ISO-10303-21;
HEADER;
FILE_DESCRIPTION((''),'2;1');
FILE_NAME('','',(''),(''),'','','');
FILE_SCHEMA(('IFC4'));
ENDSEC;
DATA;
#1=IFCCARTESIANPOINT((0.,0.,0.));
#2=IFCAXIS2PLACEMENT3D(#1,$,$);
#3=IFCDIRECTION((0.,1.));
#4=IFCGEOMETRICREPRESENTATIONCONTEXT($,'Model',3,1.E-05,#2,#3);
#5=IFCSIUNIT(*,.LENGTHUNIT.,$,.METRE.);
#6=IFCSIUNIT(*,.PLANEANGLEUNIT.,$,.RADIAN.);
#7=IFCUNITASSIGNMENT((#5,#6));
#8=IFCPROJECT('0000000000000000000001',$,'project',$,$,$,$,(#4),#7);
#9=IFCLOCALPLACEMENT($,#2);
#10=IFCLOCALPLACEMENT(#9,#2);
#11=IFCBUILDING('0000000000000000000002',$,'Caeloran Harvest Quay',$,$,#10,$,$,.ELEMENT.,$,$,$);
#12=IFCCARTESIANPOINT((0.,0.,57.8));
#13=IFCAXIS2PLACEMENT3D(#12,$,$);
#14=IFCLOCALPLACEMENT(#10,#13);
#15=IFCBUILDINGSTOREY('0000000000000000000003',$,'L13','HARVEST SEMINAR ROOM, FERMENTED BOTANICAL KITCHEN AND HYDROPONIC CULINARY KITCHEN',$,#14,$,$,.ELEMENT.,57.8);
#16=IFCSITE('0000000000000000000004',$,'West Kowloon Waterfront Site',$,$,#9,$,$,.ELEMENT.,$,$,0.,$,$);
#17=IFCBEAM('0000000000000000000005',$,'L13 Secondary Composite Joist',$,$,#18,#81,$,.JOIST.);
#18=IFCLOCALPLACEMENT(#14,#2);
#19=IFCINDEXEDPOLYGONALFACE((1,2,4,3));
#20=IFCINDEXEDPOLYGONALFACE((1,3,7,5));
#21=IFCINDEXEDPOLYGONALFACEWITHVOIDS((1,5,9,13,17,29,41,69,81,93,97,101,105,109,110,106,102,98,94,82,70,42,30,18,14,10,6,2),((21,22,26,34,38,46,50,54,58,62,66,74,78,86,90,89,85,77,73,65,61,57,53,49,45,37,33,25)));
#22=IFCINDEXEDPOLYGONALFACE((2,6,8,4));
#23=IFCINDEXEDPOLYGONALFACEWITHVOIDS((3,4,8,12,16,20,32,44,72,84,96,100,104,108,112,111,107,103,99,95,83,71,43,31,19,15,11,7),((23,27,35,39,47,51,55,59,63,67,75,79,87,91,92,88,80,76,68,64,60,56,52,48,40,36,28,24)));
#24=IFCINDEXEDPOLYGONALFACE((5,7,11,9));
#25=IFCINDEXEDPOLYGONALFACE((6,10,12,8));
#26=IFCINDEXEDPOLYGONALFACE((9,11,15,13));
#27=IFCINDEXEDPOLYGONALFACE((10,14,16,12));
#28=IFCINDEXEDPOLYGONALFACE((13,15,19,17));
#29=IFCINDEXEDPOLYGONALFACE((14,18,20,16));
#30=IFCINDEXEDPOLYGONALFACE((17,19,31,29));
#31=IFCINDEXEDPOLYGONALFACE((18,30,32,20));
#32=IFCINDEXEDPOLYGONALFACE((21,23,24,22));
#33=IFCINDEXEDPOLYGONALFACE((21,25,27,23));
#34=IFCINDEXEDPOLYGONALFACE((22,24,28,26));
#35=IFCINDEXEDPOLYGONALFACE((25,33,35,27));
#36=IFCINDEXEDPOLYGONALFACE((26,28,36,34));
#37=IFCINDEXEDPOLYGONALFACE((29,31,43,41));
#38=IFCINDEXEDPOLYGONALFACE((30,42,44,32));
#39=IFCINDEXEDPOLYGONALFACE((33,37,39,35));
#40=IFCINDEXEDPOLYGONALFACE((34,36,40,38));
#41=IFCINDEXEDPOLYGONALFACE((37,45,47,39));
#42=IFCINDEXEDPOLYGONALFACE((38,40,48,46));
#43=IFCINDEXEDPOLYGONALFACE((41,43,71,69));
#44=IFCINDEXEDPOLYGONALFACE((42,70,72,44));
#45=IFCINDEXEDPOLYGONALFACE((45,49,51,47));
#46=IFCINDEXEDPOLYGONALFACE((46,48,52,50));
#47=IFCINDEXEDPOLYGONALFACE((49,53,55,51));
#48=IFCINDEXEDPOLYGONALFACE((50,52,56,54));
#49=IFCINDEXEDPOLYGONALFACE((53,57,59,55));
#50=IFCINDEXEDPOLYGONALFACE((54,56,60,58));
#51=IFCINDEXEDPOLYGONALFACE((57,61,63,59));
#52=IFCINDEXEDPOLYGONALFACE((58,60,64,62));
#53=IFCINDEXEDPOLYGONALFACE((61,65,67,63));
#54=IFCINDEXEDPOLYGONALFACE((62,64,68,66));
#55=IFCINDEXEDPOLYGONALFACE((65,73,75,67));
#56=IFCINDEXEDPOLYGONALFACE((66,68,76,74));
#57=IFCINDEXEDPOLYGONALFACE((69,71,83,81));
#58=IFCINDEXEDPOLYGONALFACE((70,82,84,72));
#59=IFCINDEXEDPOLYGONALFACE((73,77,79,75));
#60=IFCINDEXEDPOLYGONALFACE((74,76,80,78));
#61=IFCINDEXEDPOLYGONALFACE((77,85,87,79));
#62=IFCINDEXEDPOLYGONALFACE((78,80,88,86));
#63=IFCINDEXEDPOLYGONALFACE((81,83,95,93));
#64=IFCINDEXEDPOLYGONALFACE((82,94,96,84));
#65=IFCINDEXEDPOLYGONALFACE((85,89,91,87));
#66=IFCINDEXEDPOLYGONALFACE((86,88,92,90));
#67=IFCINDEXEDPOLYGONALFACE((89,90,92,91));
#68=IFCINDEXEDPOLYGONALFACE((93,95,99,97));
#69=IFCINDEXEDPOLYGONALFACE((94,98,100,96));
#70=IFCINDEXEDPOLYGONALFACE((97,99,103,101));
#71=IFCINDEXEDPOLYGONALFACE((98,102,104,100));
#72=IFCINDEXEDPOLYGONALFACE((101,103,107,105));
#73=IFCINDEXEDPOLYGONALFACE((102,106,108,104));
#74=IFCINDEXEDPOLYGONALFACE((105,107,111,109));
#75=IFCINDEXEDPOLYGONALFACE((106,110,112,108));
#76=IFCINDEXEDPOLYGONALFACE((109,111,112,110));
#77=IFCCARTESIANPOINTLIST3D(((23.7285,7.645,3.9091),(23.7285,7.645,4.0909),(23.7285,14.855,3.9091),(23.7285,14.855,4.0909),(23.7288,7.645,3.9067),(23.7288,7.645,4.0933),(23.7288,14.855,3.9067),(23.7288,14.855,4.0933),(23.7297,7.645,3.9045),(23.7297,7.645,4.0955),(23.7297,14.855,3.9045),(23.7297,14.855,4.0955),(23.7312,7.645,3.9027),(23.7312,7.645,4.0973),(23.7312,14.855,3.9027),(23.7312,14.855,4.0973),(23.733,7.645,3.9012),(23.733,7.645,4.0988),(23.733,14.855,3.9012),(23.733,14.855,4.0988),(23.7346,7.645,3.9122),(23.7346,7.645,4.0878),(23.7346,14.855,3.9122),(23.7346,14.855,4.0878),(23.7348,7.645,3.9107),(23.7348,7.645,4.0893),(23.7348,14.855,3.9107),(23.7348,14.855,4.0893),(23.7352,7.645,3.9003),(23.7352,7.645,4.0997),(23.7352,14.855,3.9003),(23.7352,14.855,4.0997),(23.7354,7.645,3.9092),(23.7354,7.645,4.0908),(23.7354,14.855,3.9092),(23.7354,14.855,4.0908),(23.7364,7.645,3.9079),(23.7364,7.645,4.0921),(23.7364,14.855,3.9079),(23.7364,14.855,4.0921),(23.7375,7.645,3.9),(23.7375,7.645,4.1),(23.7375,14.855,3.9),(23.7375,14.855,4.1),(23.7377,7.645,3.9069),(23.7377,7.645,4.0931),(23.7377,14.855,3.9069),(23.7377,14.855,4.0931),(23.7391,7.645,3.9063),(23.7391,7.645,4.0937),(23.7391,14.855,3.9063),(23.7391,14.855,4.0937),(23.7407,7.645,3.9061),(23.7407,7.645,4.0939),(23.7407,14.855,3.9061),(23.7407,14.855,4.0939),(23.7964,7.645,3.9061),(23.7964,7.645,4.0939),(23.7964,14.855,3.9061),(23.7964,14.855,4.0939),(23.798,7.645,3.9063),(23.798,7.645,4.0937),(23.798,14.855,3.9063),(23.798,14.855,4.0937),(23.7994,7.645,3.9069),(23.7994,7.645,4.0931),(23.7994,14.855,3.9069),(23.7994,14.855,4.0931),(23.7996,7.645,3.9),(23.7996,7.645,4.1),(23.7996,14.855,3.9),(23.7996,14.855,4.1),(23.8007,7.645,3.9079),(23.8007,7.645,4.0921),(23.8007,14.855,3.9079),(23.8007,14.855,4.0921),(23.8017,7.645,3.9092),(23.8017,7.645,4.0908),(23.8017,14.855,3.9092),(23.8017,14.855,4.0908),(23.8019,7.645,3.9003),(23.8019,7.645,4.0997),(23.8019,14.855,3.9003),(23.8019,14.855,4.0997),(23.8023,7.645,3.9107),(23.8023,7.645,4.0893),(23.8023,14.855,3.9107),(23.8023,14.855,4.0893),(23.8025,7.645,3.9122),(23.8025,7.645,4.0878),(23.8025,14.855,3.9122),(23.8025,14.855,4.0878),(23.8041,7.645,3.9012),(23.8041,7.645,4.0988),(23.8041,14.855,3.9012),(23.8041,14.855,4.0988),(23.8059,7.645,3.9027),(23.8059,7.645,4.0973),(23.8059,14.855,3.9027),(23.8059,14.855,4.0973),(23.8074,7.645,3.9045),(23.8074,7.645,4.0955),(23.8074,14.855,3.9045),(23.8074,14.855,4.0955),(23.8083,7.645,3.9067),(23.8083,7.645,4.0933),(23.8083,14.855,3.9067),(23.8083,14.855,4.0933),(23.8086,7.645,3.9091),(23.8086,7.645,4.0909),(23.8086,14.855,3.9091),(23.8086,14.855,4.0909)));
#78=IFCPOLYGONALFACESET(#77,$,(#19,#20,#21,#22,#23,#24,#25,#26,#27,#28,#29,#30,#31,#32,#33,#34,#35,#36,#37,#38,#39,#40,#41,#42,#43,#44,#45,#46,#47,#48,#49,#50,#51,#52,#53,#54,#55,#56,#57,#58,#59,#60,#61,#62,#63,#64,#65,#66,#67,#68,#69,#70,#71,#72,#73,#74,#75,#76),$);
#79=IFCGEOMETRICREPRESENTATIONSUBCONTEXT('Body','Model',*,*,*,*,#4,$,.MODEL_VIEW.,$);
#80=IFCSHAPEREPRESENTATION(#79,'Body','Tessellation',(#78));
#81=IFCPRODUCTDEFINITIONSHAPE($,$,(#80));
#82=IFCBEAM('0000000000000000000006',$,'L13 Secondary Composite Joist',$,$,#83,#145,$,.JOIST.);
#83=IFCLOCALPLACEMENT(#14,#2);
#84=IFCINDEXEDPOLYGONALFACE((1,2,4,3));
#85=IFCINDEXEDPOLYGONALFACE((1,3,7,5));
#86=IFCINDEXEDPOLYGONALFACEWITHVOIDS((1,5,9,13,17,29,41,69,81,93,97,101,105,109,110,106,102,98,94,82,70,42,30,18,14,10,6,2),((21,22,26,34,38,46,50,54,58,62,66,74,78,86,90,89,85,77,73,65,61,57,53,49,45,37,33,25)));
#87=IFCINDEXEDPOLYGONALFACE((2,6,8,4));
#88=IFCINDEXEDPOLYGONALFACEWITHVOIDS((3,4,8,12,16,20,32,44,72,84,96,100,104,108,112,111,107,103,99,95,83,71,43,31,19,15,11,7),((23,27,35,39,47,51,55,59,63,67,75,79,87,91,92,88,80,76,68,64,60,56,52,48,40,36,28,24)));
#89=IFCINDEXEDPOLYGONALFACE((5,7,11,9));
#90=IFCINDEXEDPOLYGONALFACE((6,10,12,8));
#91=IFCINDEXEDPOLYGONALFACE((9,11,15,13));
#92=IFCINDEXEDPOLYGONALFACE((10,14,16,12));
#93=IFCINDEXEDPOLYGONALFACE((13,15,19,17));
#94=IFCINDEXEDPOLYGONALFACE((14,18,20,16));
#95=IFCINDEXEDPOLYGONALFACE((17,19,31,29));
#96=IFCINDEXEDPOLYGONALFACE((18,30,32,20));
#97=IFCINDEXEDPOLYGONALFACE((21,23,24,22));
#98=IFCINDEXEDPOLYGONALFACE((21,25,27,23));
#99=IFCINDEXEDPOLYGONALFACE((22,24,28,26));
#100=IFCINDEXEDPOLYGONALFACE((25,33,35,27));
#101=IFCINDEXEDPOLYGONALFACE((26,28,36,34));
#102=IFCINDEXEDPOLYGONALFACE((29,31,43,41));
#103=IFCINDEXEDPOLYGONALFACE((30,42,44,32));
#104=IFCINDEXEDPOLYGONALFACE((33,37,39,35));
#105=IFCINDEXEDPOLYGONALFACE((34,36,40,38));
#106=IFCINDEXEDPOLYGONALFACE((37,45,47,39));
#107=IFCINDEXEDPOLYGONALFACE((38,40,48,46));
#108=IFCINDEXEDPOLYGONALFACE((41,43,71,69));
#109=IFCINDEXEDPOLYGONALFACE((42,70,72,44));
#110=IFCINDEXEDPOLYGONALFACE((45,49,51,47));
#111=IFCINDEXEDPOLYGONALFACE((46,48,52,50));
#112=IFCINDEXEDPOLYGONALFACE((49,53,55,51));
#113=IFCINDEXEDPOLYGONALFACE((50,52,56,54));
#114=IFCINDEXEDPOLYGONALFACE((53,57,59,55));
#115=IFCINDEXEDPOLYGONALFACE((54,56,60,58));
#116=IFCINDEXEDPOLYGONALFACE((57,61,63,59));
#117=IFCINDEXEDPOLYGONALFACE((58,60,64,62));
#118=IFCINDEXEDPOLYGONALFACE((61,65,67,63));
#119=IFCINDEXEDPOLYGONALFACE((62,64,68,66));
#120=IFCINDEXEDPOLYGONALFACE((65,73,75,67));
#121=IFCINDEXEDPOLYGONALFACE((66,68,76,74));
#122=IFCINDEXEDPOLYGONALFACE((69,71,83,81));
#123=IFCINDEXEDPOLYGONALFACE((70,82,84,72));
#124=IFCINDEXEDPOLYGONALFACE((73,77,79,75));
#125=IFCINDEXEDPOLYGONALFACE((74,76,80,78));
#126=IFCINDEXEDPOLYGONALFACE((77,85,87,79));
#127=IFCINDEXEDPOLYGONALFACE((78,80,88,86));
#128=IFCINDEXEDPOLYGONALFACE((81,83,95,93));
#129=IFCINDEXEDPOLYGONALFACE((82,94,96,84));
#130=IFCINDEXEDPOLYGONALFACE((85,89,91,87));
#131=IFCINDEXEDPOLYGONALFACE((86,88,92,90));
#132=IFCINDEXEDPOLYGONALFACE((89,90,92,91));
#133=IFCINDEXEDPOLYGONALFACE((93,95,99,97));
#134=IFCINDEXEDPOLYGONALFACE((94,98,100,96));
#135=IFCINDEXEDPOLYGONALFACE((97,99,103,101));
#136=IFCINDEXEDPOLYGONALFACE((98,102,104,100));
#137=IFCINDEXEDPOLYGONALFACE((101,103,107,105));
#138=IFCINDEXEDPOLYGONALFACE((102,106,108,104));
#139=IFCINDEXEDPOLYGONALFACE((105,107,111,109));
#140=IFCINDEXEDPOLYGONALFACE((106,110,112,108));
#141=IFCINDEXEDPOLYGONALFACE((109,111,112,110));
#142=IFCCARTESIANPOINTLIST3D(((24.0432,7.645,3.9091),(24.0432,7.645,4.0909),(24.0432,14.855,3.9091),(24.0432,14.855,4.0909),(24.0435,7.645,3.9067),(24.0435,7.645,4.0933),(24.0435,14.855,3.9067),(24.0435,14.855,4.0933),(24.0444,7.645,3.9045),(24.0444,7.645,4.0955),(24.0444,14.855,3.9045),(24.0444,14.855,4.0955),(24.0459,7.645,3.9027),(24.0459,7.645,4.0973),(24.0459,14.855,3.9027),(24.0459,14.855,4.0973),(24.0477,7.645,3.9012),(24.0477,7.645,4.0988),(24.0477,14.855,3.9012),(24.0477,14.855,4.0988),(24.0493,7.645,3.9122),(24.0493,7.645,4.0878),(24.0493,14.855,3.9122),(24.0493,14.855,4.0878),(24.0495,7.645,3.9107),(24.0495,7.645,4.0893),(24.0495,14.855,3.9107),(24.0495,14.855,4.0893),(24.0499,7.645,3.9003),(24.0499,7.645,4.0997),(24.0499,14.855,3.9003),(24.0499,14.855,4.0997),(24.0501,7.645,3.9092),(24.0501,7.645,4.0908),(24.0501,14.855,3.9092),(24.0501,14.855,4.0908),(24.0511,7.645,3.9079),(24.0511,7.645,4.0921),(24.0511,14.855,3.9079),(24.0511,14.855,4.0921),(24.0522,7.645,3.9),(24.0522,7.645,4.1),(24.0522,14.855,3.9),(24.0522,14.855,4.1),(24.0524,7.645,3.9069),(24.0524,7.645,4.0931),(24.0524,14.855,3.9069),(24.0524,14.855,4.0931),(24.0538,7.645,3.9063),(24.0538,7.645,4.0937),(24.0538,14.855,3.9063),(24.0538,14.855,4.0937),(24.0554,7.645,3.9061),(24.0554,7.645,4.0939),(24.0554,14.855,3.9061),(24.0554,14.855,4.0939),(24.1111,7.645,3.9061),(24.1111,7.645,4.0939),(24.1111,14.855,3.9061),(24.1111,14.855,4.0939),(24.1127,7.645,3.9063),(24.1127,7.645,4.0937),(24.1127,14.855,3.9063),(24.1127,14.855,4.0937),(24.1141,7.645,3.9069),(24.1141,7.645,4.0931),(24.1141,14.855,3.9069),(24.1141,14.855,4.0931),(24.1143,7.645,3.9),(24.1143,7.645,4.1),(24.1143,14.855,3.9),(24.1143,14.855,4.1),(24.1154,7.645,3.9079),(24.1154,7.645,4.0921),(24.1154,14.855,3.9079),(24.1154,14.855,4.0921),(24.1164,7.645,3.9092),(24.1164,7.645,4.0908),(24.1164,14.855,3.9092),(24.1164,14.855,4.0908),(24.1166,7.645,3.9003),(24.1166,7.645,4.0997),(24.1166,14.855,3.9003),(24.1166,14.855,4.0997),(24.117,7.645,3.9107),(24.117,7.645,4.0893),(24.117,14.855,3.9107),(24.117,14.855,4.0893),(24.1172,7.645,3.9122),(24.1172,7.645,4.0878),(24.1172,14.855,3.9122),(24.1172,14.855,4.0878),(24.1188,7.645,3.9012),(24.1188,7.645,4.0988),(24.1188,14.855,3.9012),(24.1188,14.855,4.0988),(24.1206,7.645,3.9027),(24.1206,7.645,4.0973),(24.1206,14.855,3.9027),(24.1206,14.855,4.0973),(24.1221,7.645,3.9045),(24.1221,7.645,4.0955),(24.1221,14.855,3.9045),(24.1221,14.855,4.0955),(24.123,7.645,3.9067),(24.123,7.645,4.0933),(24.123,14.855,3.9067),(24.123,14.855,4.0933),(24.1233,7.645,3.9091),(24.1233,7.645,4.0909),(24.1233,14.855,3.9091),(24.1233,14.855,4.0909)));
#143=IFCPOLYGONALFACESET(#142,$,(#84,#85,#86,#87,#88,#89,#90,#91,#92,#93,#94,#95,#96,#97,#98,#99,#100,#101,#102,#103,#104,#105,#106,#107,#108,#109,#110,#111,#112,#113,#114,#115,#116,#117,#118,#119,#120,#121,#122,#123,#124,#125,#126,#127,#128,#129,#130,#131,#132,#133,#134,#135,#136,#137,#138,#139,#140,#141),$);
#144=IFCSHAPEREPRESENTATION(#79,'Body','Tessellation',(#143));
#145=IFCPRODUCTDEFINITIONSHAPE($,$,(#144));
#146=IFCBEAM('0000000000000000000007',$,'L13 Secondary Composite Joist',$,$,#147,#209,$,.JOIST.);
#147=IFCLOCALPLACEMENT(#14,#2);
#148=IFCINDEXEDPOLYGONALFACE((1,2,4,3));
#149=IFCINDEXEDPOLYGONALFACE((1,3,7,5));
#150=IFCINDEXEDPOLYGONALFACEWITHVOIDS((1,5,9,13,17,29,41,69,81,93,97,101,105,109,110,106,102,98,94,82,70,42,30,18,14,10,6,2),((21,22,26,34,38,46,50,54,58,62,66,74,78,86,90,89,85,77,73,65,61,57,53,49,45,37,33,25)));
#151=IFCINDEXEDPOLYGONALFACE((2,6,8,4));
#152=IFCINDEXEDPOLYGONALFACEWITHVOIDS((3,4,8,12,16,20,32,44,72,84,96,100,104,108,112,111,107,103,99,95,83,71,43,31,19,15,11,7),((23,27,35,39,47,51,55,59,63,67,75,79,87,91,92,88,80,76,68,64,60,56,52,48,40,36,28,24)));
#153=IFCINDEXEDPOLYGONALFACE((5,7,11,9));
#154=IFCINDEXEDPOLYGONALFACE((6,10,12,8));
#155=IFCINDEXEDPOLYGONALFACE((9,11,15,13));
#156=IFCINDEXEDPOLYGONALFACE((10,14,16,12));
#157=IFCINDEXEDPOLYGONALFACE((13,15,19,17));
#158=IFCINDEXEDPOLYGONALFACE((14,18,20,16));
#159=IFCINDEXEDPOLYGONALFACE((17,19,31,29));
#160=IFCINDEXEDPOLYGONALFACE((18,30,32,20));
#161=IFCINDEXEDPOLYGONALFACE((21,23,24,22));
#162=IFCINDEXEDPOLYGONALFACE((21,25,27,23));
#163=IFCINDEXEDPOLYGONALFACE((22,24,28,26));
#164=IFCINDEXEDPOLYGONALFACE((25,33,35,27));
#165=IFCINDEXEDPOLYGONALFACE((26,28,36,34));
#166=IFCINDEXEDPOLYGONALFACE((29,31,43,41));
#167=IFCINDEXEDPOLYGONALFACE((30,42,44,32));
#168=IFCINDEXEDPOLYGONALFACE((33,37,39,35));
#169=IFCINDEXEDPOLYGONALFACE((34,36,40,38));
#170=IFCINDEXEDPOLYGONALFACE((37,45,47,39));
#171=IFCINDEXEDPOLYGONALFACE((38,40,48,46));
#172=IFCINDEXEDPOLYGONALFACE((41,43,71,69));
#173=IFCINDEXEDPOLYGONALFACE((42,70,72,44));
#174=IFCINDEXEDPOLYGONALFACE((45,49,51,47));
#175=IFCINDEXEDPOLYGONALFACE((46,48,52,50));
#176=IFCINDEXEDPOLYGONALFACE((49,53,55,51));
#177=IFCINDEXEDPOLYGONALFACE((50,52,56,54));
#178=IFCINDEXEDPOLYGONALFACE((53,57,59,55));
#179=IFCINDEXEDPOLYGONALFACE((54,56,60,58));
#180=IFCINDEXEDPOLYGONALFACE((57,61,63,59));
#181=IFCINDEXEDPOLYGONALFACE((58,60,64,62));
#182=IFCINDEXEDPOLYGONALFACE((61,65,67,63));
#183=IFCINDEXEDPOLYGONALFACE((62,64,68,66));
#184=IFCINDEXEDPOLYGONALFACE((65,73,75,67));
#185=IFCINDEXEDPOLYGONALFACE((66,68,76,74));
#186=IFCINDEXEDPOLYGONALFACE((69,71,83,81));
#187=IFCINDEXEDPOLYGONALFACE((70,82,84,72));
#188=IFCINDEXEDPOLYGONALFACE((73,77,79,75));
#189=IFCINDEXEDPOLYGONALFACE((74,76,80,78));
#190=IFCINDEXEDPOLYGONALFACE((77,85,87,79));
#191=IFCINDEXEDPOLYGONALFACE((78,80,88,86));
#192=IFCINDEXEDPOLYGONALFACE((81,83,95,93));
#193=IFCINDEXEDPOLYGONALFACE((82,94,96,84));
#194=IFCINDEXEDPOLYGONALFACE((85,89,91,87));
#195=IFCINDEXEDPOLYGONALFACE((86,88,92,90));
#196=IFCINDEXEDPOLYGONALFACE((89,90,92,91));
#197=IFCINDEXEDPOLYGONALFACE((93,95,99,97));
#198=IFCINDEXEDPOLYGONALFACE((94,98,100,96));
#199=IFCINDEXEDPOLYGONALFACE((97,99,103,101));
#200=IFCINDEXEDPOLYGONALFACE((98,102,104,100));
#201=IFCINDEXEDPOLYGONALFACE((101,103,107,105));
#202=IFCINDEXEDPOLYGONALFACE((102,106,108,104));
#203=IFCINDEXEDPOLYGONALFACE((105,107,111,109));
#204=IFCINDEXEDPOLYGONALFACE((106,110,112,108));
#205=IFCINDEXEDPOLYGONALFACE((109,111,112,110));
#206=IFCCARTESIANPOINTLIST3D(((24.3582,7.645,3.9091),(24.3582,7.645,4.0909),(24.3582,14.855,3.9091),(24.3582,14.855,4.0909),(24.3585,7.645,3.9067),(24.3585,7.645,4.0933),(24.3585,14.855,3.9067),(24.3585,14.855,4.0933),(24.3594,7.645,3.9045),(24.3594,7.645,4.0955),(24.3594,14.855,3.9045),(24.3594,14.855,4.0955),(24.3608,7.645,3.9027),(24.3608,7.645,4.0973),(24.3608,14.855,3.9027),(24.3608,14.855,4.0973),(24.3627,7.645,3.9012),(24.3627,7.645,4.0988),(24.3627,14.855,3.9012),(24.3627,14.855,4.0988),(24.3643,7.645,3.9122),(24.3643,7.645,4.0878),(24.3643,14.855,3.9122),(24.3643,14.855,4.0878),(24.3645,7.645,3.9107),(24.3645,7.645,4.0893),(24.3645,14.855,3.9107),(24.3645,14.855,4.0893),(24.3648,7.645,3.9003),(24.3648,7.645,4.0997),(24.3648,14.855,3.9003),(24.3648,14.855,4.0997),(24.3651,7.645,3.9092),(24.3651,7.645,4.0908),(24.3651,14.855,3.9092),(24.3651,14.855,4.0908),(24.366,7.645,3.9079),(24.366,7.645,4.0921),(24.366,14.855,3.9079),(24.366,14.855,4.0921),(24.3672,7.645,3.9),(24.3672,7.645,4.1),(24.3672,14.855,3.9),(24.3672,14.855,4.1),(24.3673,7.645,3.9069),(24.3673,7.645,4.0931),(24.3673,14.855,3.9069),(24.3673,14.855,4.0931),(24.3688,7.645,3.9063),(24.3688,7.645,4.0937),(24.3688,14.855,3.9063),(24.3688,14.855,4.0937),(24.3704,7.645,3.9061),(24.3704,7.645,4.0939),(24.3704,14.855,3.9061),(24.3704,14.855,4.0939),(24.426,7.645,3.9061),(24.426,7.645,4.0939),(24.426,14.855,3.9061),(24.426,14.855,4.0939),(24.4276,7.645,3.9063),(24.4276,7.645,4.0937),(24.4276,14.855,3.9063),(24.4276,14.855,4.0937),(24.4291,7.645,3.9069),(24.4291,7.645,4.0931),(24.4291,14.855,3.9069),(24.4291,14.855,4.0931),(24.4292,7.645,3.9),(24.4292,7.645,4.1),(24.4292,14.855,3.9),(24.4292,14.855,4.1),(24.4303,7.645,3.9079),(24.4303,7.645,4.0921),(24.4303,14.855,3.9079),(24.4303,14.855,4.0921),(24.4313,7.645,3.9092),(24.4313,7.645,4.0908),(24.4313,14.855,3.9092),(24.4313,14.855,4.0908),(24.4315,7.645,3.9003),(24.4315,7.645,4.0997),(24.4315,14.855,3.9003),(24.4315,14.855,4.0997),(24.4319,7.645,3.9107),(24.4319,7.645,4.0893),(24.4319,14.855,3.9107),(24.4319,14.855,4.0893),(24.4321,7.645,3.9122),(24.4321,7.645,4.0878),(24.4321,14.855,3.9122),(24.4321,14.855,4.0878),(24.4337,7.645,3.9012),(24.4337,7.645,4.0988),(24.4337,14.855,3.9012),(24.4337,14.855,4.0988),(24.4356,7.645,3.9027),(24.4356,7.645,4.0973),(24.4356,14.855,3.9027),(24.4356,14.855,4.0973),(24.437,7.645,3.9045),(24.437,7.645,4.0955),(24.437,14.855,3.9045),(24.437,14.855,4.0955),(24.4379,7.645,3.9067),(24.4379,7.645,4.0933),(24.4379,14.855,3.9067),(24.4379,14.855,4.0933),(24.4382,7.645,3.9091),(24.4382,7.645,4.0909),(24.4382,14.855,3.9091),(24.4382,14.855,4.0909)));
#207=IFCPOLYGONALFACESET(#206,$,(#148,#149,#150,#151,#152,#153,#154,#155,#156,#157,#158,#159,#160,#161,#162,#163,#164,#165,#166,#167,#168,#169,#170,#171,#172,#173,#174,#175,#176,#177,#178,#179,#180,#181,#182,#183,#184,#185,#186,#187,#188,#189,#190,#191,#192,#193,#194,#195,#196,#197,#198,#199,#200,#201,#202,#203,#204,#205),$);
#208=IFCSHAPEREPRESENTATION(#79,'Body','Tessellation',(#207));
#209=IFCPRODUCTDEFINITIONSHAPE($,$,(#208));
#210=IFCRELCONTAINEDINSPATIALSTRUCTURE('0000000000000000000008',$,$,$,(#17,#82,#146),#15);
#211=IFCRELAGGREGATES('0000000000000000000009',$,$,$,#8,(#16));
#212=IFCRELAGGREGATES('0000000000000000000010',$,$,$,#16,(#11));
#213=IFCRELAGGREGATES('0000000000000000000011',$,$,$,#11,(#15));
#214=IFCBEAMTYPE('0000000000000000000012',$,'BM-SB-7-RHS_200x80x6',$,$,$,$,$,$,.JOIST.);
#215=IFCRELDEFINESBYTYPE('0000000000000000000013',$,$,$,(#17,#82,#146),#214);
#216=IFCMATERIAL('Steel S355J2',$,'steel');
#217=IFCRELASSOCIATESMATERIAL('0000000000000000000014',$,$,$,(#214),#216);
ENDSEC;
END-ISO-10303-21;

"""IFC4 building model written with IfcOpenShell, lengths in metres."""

from ifc_helpers import new_model, si_unit, direction, frame, origin, origin_2d, place, context, subcontext, project, spatial, hollow_rectangle, extrude, material, material_profile, profile_set, type_object, element, save


model = new_model("IFC4")

# Units and contexts
model_context = context("Model", 3, precision=1e-05, world=origin(), true_north=direction((0.0, 1.0)))
body_context = subcontext(model_context, "Body", "Model", "MODEL_VIEW")
ifc_project = project(units=[si_unit("LENGTHUNIT", "METRE"), si_unit("PLANEANGLEUNIT", "RADIAN")], contexts=[model_context])

# Site, building, storey
site_placement = place(None, origin())
site = spatial("IfcSite", under=ifc_project, at=site_placement, Name="West Kowloon Waterfront Site", CompositionType="ELEMENT", RefElevation=0.0)
building_placement = place(site_placement, origin())
building = spatial("IfcBuilding", under=site, at=building_placement, Name="Caeloran Harvest Quay", CompositionType="ELEMENT")
storey_placement = place(building_placement, frame((0.0, 0.0, 57.8)))
storey = spatial("IfcBuildingStorey", under=building, at=storey_placement, Name="L13", Description="HARVEST SEMINAR ROOM, FERMENTED BOTANICAL KITCHEN AND HYDROPONIC CULINARY KITCHEN", CompositionType="ELEMENT", Elevation=57.8)

# Beams
ifc_material_1 = material(Name="Steel S355J2", Category="steel")
ifc_material_profile_1 = material_profile(ifc_material_1, hollow_rectangle(XDim=0.0801, YDim=0.2, WallThickness=0.0061, InnerFilletRadius=0.0061, OuterFilletRadius=0.009, at=origin_2d()), Name="RHS 200x80x6")
ifc_profile_set_1 = profile_set([ifc_material_profile_1], Name="Steel S355J2")
beam_type_1 = type_object("IfcBeamType", Name="BM-SB-7-RHS_200x80x6", PredefinedType="JOIST", material=ifc_profile_set_1)
for number, where, z_axis, x_axis, name in (
    (1, (23.7686, 7.645, 4.0), (0.0, 1.0, 0.0), (-1.0, 0.0, 0.0), "L13 Secondary Composite Joist"),
    (2, (24.0833, 7.645, 4.0), (0.0, 1.0, 0.0), (-1.0, 0.0, 0.0), "L13 Secondary Composite Joist"),
    (3, (24.3982, 7.645, 4.0), (0.0, 1.0, 0.0), (-1.0, 0.0, 0.0), "L13 Secondary Composite Joist"),
):
    element("IfcBeam", number, at=place(storey_placement, frame(where, z_axis=z_axis, x_axis=x_axis)), inside=storey, type_object=beam_type_1, Name=name, PredefinedType="JOIST", context=body_context, shape_type="SweptSolid", body=[
        extrude(hollow_rectangle(XDim=0.0801, YDim=0.2, WallThickness=0.0061, InnerFilletRadius=0.0061, OuterFilletRadius=0.009, at=origin_2d()), origin(), (0.0, 0.0, 1.0), 7.21),
    ])

save(model, "model.ifc")
